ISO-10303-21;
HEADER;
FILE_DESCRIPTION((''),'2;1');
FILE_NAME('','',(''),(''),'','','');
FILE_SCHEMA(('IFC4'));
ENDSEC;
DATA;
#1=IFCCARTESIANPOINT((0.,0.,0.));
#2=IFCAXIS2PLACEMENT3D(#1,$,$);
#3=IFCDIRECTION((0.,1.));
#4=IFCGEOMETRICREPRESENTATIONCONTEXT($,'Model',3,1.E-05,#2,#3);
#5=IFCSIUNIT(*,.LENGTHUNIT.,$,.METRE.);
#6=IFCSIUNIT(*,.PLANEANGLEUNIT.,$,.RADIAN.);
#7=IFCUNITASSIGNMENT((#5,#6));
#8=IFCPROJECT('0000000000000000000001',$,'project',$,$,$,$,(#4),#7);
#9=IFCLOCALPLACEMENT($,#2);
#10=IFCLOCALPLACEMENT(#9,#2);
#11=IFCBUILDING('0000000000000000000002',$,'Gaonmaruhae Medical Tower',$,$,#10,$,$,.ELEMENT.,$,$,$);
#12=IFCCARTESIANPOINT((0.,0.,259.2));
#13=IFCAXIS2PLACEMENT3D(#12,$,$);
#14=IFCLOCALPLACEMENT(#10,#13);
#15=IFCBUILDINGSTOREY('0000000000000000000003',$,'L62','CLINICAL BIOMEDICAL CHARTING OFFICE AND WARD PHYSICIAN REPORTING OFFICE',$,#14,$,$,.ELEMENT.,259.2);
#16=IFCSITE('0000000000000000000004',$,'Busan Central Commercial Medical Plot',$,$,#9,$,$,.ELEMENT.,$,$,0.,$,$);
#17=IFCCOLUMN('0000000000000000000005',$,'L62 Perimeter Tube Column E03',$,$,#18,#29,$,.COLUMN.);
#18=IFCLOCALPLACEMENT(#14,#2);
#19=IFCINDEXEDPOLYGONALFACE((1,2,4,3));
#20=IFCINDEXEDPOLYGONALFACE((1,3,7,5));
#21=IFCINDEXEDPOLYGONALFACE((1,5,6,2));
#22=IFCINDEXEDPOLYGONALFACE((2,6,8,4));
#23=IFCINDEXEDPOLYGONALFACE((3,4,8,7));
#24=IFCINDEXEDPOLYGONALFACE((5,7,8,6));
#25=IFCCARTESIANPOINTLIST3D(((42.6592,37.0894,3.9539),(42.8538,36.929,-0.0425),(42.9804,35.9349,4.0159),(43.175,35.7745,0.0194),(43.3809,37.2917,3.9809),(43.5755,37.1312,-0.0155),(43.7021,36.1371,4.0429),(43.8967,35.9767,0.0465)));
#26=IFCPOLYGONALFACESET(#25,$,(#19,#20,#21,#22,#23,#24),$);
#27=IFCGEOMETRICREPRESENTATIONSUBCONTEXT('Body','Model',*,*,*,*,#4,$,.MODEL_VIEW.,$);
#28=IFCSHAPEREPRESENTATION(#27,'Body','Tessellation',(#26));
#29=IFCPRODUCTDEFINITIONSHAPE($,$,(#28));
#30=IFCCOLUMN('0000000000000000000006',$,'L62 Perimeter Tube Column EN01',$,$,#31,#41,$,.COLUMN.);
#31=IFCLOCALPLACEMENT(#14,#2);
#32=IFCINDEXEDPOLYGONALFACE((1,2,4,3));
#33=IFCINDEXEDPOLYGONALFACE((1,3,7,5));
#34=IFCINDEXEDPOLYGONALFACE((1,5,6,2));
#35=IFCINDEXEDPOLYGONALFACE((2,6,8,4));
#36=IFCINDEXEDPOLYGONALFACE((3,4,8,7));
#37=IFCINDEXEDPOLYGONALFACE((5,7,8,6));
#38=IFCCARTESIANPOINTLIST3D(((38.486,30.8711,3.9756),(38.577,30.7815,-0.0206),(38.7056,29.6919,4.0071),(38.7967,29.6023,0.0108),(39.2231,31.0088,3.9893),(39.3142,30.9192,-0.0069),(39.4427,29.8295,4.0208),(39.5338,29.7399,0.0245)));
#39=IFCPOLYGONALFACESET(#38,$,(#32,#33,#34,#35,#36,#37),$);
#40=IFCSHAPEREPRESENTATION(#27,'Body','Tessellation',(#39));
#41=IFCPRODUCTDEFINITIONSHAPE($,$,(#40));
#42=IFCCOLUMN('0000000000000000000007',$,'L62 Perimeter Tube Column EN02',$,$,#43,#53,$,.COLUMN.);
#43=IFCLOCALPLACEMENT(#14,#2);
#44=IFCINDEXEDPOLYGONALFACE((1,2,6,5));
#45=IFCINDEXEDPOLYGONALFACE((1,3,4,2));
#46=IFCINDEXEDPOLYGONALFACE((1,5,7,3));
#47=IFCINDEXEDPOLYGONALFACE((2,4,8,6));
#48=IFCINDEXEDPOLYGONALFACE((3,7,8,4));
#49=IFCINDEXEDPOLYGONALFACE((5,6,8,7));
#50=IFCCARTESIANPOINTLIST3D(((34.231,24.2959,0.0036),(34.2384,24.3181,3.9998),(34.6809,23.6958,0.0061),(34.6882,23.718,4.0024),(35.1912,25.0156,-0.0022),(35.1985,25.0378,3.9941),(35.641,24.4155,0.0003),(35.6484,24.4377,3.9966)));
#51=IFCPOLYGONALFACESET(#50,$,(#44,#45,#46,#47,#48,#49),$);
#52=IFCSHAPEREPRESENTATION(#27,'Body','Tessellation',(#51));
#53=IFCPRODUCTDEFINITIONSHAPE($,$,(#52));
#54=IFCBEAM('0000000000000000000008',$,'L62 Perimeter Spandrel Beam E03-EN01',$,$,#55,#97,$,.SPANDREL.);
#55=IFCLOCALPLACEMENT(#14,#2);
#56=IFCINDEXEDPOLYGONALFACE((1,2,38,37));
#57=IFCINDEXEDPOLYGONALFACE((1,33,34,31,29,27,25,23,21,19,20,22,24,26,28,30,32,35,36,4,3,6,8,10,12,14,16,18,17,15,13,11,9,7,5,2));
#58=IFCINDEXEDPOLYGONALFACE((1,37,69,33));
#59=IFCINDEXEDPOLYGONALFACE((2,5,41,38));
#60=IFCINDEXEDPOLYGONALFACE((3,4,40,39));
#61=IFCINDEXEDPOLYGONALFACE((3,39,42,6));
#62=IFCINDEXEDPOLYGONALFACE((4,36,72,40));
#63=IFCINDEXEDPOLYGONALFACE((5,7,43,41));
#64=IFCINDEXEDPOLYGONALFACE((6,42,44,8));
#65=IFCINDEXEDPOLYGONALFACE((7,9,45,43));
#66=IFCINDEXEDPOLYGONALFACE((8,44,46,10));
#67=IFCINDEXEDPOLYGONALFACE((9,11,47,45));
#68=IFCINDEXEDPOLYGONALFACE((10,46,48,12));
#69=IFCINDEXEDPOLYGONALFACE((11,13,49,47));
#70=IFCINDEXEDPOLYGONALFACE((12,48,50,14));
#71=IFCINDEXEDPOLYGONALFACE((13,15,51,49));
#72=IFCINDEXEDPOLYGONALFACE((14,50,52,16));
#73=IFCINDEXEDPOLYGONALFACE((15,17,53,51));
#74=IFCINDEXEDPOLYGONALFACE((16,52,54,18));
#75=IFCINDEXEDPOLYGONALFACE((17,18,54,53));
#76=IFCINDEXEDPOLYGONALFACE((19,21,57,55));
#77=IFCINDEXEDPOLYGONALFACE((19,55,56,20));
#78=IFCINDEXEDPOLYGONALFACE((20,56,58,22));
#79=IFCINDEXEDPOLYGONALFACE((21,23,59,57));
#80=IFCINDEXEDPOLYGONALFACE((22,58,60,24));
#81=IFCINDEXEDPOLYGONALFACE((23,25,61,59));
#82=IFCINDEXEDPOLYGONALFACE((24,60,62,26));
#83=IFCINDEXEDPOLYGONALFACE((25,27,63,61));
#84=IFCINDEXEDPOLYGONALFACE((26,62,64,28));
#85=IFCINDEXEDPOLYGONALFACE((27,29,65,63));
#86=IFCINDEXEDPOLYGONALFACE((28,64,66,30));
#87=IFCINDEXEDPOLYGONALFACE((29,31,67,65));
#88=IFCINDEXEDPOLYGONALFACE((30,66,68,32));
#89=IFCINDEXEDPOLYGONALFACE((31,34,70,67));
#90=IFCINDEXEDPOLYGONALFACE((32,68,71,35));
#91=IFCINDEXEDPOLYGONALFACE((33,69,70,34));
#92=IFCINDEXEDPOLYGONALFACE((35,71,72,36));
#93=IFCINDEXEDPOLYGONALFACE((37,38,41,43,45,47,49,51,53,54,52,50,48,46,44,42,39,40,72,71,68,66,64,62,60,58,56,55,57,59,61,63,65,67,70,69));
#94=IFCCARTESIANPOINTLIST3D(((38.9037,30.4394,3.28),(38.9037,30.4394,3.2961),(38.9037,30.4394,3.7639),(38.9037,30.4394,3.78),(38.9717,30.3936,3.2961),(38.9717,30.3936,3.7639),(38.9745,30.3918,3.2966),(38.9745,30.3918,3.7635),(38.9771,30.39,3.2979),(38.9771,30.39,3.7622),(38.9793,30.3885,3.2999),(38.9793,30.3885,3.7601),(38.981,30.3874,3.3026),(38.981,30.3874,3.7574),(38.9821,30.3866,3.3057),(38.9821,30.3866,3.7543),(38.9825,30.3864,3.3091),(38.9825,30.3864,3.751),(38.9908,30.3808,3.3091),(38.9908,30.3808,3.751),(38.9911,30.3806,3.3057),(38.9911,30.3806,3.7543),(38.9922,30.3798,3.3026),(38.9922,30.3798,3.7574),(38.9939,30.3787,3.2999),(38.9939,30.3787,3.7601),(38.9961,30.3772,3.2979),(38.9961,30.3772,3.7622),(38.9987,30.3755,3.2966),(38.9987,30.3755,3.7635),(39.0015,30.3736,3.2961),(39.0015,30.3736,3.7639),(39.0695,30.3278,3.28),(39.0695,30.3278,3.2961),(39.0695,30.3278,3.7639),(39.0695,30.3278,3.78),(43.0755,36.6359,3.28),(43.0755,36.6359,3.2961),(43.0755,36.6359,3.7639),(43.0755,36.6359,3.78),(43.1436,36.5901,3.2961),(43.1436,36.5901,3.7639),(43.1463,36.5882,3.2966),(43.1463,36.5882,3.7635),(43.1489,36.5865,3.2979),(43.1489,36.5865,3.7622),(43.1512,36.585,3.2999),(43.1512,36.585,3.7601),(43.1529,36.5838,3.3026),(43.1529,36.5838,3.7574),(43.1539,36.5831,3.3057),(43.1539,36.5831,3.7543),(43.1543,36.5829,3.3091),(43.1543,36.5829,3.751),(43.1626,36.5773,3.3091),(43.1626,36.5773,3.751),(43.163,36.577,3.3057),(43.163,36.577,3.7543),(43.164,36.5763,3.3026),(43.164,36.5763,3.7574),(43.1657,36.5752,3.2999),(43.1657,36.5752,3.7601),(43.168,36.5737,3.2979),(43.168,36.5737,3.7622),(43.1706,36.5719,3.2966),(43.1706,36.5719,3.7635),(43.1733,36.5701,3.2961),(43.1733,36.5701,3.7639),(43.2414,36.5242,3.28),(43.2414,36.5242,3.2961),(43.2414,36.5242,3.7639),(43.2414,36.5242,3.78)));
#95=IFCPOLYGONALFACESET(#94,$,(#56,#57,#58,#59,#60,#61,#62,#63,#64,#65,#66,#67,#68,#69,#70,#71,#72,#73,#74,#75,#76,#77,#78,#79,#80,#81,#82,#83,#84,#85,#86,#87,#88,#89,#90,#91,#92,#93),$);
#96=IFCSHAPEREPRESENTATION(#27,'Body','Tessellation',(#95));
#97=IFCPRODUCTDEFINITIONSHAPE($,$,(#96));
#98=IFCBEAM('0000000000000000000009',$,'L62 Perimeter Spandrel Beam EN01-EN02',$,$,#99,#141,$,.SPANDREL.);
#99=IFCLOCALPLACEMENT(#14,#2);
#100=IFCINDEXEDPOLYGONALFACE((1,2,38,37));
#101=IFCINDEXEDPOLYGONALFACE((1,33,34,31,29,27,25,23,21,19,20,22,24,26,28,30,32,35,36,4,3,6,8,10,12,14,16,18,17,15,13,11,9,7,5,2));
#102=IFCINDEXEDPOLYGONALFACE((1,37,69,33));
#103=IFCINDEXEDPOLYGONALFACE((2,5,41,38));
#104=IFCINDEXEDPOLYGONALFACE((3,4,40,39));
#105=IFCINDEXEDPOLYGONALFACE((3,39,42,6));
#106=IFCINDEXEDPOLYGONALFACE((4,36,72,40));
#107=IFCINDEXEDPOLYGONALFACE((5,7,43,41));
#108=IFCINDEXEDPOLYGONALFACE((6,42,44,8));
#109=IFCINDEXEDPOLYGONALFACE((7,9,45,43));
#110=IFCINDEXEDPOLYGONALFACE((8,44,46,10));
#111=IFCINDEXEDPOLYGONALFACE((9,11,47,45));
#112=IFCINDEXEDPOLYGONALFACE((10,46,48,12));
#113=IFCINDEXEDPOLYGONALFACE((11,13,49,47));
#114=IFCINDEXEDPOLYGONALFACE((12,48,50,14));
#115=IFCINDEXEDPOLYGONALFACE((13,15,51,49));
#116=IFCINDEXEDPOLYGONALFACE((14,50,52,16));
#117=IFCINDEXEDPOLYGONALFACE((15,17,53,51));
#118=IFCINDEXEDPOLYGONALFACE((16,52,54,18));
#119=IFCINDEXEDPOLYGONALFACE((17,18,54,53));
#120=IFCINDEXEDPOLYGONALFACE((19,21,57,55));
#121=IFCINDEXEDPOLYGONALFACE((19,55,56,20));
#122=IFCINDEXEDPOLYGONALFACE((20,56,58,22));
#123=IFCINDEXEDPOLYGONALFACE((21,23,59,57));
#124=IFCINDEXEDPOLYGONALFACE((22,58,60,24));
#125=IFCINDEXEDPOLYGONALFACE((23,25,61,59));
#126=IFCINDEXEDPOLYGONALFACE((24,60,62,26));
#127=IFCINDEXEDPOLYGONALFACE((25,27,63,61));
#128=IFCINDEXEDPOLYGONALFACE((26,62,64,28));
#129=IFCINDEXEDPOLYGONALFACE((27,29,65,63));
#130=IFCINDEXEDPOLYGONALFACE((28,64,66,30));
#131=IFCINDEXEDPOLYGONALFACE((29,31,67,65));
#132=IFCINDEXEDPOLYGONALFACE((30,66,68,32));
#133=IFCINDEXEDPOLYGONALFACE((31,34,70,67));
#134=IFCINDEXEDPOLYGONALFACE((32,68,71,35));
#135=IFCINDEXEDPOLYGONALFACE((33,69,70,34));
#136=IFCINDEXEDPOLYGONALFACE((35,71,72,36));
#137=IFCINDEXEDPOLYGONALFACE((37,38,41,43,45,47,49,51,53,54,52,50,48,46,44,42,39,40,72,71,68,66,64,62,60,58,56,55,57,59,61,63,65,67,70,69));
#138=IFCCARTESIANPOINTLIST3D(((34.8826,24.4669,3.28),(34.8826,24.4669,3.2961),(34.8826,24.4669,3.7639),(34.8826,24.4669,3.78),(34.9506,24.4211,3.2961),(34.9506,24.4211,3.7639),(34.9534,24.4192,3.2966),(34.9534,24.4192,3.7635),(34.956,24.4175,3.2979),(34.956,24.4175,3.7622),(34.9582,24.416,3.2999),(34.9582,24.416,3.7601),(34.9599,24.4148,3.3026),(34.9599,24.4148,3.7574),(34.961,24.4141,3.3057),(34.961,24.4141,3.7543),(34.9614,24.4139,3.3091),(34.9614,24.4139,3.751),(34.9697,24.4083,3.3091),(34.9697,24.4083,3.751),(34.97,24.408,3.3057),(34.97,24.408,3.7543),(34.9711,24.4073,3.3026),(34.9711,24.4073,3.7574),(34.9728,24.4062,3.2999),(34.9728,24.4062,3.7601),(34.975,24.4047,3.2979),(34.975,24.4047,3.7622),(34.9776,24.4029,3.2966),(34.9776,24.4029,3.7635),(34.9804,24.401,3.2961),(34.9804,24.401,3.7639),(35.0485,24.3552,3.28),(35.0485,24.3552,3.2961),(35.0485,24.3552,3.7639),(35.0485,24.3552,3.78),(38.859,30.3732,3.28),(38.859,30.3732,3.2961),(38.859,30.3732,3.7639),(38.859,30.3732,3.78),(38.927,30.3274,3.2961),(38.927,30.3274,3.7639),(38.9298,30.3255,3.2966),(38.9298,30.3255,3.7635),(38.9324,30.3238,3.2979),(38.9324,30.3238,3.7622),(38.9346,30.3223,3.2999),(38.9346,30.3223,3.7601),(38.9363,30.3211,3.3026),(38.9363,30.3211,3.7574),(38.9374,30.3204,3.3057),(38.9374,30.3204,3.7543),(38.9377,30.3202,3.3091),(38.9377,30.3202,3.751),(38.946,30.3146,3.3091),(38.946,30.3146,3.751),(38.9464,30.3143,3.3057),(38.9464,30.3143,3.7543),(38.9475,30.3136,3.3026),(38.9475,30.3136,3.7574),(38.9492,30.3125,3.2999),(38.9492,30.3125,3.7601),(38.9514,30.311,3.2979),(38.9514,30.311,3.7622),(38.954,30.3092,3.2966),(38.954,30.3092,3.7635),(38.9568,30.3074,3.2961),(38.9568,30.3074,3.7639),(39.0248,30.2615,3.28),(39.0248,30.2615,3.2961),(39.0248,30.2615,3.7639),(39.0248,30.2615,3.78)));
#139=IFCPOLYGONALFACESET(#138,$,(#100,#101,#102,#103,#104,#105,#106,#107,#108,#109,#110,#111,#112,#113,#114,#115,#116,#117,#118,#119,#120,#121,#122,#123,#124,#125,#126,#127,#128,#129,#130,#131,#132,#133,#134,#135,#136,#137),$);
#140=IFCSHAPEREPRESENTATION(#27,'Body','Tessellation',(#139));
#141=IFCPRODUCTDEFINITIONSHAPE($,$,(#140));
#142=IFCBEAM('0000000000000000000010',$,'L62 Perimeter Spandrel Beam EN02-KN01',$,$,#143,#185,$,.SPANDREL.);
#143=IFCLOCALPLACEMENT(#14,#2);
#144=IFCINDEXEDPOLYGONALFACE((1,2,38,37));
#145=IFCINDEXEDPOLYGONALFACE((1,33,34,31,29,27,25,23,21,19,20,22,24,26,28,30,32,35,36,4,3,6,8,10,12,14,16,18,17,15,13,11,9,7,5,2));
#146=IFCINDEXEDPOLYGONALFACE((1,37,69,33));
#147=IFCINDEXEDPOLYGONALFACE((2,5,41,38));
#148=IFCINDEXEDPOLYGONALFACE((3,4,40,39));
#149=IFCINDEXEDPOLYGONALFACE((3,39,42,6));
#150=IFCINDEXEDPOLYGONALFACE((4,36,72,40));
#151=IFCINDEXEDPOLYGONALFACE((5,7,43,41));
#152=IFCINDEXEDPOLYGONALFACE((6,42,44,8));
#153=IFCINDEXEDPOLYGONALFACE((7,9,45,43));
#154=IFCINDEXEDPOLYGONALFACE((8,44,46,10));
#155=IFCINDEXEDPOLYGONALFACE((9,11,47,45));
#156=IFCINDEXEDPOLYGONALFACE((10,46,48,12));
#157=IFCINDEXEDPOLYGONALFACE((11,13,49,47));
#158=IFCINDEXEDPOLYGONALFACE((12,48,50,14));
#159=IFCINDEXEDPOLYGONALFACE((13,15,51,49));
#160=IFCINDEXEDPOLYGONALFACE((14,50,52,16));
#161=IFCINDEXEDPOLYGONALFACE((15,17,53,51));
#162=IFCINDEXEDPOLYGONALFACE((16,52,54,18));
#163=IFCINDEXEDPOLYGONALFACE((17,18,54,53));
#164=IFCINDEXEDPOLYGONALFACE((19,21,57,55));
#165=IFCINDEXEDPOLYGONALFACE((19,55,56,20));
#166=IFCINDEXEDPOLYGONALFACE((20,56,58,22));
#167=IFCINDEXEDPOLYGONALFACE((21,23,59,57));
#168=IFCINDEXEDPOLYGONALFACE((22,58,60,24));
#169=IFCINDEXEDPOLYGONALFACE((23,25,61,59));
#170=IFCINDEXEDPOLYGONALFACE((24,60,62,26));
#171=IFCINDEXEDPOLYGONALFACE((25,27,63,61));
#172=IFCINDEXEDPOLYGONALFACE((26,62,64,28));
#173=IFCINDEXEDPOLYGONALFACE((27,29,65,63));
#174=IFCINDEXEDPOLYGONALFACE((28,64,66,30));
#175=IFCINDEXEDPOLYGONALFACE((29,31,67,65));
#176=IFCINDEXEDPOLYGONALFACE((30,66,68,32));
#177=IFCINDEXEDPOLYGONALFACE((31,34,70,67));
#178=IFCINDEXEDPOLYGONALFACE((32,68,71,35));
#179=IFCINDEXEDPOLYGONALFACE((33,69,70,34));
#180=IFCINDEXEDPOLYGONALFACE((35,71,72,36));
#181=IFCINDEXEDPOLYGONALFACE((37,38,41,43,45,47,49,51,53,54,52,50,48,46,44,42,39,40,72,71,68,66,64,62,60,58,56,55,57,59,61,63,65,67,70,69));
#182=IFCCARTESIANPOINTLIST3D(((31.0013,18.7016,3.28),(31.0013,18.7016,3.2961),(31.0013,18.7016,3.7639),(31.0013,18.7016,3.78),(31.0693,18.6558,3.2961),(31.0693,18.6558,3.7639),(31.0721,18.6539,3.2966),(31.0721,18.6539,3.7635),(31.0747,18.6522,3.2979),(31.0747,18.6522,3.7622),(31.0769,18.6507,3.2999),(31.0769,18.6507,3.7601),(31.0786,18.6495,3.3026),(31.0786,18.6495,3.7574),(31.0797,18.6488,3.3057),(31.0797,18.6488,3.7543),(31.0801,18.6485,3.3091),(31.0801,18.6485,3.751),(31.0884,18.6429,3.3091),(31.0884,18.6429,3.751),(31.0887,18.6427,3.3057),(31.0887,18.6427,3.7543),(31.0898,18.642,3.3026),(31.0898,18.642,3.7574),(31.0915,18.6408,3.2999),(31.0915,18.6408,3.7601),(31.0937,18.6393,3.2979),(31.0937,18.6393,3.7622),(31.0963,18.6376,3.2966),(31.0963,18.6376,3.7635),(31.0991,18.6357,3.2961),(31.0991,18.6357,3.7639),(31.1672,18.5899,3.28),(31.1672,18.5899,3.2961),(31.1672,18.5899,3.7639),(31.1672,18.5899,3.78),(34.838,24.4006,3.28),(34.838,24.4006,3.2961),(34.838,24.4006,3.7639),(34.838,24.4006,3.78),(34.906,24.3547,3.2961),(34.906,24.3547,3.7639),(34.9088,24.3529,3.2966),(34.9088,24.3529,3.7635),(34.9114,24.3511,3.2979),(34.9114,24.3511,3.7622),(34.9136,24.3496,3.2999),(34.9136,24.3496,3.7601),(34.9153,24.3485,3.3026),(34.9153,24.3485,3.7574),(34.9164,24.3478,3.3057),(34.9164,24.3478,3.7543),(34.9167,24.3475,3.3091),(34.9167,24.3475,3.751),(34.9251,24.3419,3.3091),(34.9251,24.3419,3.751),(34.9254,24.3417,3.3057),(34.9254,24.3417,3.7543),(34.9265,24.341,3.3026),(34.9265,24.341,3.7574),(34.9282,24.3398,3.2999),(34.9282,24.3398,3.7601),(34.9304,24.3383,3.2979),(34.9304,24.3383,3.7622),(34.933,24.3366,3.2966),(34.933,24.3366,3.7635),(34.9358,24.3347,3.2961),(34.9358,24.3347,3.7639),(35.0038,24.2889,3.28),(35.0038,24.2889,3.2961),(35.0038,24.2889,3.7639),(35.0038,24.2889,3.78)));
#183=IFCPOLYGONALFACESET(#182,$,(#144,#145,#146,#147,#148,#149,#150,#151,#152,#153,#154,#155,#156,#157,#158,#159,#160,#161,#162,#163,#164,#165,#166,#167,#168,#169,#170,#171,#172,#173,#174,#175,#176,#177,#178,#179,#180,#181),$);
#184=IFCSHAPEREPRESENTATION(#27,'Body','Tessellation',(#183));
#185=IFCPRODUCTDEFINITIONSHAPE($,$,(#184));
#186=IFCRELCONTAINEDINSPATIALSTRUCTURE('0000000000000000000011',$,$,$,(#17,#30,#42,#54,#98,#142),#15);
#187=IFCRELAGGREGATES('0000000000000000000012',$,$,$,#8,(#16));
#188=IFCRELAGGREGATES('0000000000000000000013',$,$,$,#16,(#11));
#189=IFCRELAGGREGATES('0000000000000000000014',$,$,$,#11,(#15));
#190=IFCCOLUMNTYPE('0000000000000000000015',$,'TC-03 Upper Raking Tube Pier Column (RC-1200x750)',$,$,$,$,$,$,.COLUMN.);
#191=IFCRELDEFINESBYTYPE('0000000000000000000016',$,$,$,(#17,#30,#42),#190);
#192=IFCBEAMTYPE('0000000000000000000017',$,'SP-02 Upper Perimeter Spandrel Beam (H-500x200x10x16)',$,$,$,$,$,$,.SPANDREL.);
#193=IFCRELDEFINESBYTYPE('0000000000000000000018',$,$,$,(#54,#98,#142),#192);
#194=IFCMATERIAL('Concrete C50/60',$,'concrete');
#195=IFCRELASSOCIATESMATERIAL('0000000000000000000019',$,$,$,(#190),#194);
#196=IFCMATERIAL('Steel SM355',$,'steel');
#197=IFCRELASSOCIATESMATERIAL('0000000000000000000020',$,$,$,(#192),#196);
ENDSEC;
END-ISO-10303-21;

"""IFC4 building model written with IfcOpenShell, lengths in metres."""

from ifc_helpers import new_model, si_unit, direction, frame, origin, origin_2d, place, context, subcontext, project, spatial, rectangle, i_section, extrude, material, material_profile, profile_set, type_object, element, save


model = new_model("IFC4")

# Units and contexts
model_context = context("Model", 3, precision=1e-05, world=origin(), true_north=direction((0.0, 1.0)))
body_context = subcontext(model_context, "Body", "Model", "MODEL_VIEW")
ifc_project = project(units=[si_unit("LENGTHUNIT", "METRE"), si_unit("PLANEANGLEUNIT", "RADIAN")], contexts=[model_context])

# Site, building, storey
site_placement = place(None, origin())
site = spatial("IfcSite", under=ifc_project, at=site_placement, Name="Busan Central Commercial Medical Plot", CompositionType="ELEMENT", RefElevation=0.0)
building_placement = place(site_placement, origin())
building = spatial("IfcBuilding", under=site, at=building_placement, Name="Gaonmaruhae Medical Tower", CompositionType="ELEMENT")
storey_placement = place(building_placement, frame((0.0, 0.0, 259.2)))
storey = spatial("IfcBuildingStorey", under=building, at=storey_placement, Name="L62", Description="CLINICAL BIOMEDICAL CHARTING OFFICE AND WARD PHYSICIAN REPORTING OFFICE", CompositionType="ELEMENT", Elevation=259.2)

# Columns
ifc_material_1 = material(Name="Concrete C50/60", Category="concrete")
ifc_material_profile_1 = material_profile(ifc_material_1, rectangle(XDim=1.2, YDim=0.75, at=origin_2d()), Name="RC-1200x750")
ifc_profile_set_1 = profile_set([ifc_material_profile_1], Name="Concrete C50/60")
column_type = type_object("IfcColumnType", Name="TC-03 Upper Raking Tube Pier Column (RC-1200x750)", PredefinedType="COLUMN", material=ifc_profile_set_1)
column_1_placement = place(storey_placement, frame((43.3752, 36.4529, 0.002), z_axis=(-0.048593, 0.040057, 0.998015), x_axis=(0.267661, -0.962128, 0.051649)))
element("IfcColumn", 1, at=column_1_placement, inside=storey, type_object=column_type, Name="L62 Perimeter Tube Column E03", PredefinedType="COLUMN", context=body_context, shape_type="SweptSolid", body=[
    extrude(rectangle(XDim=1.2, YDim=0.75, at=origin_2d()), origin(), (0.0, 0.0, 1.0), 4.0044),
])
column_2_placement = place(storey_placement, frame((39.0554, 30.2607, 0.002), z_axis=(-0.022775, 0.022409, 0.999489), x_axis=(0.183045, -0.982755, 0.026205)))
element("IfcColumn", 2, at=column_2_placement, inside=storey, type_object=column_type, Name="L62 Perimeter Tube Column EN01", PredefinedType="COLUMN", context=body_context, shape_type="SweptSolid", body=[
    extrude(rectangle(XDim=1.2, YDim=0.75, at=origin_2d()), origin(), (0.0, 0.0, 1.0), 3.9983),
])
column_3_placement = place(storey_placement, frame((34.936, 24.3557, 0.002), z_axis=(0.001833, 0.005559, 0.999983), x_axis=(-0.800161, -0.599767, 0.004801)))
element("IfcColumn", 3, at=column_3_placement, inside=storey, type_object=column_type, Name="L62 Perimeter Tube Column EN02", PredefinedType="COLUMN", context=body_context, shape_type="SweptSolid", body=[
    extrude(rectangle(XDim=1.2, YDim=0.75, at=origin_2d()), origin(), (0.0, 0.0, 1.0), 3.9963),
])

# Beams
ifc_material_2 = material(Name="Steel SM355", Category="steel")
ifc_material_profile_2 = material_profile(ifc_material_2, i_section(OverallWidth=0.2, OverallDepth=0.5, WebThickness=0.01, FlangeThickness=0.0161, FilletRadius=0.0129, at=origin_2d()), Name="H-500x200x10x16")
ifc_profile_set_2 = profile_set([ifc_material_profile_2], Name="Steel SM355")
beam_type = type_object("IfcBeamType", Name="SP-02 Upper Perimeter Spandrel Beam (H-500x200x10x16)", PredefinedType="SPANDREL", material=ifc_profile_set_2)
beam_1_placement = place(storey_placement, frame((43.1584, 36.5801, 3.53), z_axis=(-0.558481, -0.829518, 0.0), x_axis=(0.829518, -0.558481, 0.0)))
element("IfcBeam", 4, at=beam_1_placement, inside=storey, type_object=beam_type, Name="L62 Perimeter Spandrel Beam E03-EN01", PredefinedType="SPANDREL", context=body_context, shape_type="SweptSolid", body=[
    extrude(i_section(OverallWidth=0.2, OverallDepth=0.5, WebThickness=0.01, FlangeThickness=0.0161, FilletRadius=0.0129, at=origin_2d()), origin(), (0.0, 0.0, 1.0), 7.47),
])
beam_2_placement = place(storey_placement, frame((38.9419, 30.3174, 3.53), z_axis=(-0.558469, -0.829525, 0.0), x_axis=(0.829525, -0.558469, 0.0)))
element("IfcBeam", 5, at=beam_2_placement, inside=storey, type_object=beam_type, Name="L62 Perimeter Spandrel Beam EN01-EN02", PredefinedType="SPANDREL", context=body_context, shape_type="SweptSolid", body=[
    extrude(i_section(OverallWidth=0.2, OverallDepth=0.5, WebThickness=0.01, FlangeThickness=0.0161, FilletRadius=0.0129, at=origin_2d()), origin(), (0.0, 0.0, 1.0), 7.1201),
])
beam_3_placement = place(storey_placement, frame((34.9209, 24.3447, 3.53), z_axis=(-0.558459, -0.829532, 0.0), x_axis=(0.829532, -0.558459, 0.0)))
element("IfcBeam", 6, at=beam_3_placement, inside=storey, type_object=beam_type, Name="L62 Perimeter Spandrel Beam EN02-KN01", PredefinedType="SPANDREL", context=body_context, shape_type="SweptSolid", body=[
    extrude(i_section(OverallWidth=0.2, OverallDepth=0.5, WebThickness=0.01, FlangeThickness=0.0161, FilletRadius=0.0129, at=origin_2d()), origin(), (0.0, 0.0, 1.0), 6.8701),
])

save(model, "model.ifc")
